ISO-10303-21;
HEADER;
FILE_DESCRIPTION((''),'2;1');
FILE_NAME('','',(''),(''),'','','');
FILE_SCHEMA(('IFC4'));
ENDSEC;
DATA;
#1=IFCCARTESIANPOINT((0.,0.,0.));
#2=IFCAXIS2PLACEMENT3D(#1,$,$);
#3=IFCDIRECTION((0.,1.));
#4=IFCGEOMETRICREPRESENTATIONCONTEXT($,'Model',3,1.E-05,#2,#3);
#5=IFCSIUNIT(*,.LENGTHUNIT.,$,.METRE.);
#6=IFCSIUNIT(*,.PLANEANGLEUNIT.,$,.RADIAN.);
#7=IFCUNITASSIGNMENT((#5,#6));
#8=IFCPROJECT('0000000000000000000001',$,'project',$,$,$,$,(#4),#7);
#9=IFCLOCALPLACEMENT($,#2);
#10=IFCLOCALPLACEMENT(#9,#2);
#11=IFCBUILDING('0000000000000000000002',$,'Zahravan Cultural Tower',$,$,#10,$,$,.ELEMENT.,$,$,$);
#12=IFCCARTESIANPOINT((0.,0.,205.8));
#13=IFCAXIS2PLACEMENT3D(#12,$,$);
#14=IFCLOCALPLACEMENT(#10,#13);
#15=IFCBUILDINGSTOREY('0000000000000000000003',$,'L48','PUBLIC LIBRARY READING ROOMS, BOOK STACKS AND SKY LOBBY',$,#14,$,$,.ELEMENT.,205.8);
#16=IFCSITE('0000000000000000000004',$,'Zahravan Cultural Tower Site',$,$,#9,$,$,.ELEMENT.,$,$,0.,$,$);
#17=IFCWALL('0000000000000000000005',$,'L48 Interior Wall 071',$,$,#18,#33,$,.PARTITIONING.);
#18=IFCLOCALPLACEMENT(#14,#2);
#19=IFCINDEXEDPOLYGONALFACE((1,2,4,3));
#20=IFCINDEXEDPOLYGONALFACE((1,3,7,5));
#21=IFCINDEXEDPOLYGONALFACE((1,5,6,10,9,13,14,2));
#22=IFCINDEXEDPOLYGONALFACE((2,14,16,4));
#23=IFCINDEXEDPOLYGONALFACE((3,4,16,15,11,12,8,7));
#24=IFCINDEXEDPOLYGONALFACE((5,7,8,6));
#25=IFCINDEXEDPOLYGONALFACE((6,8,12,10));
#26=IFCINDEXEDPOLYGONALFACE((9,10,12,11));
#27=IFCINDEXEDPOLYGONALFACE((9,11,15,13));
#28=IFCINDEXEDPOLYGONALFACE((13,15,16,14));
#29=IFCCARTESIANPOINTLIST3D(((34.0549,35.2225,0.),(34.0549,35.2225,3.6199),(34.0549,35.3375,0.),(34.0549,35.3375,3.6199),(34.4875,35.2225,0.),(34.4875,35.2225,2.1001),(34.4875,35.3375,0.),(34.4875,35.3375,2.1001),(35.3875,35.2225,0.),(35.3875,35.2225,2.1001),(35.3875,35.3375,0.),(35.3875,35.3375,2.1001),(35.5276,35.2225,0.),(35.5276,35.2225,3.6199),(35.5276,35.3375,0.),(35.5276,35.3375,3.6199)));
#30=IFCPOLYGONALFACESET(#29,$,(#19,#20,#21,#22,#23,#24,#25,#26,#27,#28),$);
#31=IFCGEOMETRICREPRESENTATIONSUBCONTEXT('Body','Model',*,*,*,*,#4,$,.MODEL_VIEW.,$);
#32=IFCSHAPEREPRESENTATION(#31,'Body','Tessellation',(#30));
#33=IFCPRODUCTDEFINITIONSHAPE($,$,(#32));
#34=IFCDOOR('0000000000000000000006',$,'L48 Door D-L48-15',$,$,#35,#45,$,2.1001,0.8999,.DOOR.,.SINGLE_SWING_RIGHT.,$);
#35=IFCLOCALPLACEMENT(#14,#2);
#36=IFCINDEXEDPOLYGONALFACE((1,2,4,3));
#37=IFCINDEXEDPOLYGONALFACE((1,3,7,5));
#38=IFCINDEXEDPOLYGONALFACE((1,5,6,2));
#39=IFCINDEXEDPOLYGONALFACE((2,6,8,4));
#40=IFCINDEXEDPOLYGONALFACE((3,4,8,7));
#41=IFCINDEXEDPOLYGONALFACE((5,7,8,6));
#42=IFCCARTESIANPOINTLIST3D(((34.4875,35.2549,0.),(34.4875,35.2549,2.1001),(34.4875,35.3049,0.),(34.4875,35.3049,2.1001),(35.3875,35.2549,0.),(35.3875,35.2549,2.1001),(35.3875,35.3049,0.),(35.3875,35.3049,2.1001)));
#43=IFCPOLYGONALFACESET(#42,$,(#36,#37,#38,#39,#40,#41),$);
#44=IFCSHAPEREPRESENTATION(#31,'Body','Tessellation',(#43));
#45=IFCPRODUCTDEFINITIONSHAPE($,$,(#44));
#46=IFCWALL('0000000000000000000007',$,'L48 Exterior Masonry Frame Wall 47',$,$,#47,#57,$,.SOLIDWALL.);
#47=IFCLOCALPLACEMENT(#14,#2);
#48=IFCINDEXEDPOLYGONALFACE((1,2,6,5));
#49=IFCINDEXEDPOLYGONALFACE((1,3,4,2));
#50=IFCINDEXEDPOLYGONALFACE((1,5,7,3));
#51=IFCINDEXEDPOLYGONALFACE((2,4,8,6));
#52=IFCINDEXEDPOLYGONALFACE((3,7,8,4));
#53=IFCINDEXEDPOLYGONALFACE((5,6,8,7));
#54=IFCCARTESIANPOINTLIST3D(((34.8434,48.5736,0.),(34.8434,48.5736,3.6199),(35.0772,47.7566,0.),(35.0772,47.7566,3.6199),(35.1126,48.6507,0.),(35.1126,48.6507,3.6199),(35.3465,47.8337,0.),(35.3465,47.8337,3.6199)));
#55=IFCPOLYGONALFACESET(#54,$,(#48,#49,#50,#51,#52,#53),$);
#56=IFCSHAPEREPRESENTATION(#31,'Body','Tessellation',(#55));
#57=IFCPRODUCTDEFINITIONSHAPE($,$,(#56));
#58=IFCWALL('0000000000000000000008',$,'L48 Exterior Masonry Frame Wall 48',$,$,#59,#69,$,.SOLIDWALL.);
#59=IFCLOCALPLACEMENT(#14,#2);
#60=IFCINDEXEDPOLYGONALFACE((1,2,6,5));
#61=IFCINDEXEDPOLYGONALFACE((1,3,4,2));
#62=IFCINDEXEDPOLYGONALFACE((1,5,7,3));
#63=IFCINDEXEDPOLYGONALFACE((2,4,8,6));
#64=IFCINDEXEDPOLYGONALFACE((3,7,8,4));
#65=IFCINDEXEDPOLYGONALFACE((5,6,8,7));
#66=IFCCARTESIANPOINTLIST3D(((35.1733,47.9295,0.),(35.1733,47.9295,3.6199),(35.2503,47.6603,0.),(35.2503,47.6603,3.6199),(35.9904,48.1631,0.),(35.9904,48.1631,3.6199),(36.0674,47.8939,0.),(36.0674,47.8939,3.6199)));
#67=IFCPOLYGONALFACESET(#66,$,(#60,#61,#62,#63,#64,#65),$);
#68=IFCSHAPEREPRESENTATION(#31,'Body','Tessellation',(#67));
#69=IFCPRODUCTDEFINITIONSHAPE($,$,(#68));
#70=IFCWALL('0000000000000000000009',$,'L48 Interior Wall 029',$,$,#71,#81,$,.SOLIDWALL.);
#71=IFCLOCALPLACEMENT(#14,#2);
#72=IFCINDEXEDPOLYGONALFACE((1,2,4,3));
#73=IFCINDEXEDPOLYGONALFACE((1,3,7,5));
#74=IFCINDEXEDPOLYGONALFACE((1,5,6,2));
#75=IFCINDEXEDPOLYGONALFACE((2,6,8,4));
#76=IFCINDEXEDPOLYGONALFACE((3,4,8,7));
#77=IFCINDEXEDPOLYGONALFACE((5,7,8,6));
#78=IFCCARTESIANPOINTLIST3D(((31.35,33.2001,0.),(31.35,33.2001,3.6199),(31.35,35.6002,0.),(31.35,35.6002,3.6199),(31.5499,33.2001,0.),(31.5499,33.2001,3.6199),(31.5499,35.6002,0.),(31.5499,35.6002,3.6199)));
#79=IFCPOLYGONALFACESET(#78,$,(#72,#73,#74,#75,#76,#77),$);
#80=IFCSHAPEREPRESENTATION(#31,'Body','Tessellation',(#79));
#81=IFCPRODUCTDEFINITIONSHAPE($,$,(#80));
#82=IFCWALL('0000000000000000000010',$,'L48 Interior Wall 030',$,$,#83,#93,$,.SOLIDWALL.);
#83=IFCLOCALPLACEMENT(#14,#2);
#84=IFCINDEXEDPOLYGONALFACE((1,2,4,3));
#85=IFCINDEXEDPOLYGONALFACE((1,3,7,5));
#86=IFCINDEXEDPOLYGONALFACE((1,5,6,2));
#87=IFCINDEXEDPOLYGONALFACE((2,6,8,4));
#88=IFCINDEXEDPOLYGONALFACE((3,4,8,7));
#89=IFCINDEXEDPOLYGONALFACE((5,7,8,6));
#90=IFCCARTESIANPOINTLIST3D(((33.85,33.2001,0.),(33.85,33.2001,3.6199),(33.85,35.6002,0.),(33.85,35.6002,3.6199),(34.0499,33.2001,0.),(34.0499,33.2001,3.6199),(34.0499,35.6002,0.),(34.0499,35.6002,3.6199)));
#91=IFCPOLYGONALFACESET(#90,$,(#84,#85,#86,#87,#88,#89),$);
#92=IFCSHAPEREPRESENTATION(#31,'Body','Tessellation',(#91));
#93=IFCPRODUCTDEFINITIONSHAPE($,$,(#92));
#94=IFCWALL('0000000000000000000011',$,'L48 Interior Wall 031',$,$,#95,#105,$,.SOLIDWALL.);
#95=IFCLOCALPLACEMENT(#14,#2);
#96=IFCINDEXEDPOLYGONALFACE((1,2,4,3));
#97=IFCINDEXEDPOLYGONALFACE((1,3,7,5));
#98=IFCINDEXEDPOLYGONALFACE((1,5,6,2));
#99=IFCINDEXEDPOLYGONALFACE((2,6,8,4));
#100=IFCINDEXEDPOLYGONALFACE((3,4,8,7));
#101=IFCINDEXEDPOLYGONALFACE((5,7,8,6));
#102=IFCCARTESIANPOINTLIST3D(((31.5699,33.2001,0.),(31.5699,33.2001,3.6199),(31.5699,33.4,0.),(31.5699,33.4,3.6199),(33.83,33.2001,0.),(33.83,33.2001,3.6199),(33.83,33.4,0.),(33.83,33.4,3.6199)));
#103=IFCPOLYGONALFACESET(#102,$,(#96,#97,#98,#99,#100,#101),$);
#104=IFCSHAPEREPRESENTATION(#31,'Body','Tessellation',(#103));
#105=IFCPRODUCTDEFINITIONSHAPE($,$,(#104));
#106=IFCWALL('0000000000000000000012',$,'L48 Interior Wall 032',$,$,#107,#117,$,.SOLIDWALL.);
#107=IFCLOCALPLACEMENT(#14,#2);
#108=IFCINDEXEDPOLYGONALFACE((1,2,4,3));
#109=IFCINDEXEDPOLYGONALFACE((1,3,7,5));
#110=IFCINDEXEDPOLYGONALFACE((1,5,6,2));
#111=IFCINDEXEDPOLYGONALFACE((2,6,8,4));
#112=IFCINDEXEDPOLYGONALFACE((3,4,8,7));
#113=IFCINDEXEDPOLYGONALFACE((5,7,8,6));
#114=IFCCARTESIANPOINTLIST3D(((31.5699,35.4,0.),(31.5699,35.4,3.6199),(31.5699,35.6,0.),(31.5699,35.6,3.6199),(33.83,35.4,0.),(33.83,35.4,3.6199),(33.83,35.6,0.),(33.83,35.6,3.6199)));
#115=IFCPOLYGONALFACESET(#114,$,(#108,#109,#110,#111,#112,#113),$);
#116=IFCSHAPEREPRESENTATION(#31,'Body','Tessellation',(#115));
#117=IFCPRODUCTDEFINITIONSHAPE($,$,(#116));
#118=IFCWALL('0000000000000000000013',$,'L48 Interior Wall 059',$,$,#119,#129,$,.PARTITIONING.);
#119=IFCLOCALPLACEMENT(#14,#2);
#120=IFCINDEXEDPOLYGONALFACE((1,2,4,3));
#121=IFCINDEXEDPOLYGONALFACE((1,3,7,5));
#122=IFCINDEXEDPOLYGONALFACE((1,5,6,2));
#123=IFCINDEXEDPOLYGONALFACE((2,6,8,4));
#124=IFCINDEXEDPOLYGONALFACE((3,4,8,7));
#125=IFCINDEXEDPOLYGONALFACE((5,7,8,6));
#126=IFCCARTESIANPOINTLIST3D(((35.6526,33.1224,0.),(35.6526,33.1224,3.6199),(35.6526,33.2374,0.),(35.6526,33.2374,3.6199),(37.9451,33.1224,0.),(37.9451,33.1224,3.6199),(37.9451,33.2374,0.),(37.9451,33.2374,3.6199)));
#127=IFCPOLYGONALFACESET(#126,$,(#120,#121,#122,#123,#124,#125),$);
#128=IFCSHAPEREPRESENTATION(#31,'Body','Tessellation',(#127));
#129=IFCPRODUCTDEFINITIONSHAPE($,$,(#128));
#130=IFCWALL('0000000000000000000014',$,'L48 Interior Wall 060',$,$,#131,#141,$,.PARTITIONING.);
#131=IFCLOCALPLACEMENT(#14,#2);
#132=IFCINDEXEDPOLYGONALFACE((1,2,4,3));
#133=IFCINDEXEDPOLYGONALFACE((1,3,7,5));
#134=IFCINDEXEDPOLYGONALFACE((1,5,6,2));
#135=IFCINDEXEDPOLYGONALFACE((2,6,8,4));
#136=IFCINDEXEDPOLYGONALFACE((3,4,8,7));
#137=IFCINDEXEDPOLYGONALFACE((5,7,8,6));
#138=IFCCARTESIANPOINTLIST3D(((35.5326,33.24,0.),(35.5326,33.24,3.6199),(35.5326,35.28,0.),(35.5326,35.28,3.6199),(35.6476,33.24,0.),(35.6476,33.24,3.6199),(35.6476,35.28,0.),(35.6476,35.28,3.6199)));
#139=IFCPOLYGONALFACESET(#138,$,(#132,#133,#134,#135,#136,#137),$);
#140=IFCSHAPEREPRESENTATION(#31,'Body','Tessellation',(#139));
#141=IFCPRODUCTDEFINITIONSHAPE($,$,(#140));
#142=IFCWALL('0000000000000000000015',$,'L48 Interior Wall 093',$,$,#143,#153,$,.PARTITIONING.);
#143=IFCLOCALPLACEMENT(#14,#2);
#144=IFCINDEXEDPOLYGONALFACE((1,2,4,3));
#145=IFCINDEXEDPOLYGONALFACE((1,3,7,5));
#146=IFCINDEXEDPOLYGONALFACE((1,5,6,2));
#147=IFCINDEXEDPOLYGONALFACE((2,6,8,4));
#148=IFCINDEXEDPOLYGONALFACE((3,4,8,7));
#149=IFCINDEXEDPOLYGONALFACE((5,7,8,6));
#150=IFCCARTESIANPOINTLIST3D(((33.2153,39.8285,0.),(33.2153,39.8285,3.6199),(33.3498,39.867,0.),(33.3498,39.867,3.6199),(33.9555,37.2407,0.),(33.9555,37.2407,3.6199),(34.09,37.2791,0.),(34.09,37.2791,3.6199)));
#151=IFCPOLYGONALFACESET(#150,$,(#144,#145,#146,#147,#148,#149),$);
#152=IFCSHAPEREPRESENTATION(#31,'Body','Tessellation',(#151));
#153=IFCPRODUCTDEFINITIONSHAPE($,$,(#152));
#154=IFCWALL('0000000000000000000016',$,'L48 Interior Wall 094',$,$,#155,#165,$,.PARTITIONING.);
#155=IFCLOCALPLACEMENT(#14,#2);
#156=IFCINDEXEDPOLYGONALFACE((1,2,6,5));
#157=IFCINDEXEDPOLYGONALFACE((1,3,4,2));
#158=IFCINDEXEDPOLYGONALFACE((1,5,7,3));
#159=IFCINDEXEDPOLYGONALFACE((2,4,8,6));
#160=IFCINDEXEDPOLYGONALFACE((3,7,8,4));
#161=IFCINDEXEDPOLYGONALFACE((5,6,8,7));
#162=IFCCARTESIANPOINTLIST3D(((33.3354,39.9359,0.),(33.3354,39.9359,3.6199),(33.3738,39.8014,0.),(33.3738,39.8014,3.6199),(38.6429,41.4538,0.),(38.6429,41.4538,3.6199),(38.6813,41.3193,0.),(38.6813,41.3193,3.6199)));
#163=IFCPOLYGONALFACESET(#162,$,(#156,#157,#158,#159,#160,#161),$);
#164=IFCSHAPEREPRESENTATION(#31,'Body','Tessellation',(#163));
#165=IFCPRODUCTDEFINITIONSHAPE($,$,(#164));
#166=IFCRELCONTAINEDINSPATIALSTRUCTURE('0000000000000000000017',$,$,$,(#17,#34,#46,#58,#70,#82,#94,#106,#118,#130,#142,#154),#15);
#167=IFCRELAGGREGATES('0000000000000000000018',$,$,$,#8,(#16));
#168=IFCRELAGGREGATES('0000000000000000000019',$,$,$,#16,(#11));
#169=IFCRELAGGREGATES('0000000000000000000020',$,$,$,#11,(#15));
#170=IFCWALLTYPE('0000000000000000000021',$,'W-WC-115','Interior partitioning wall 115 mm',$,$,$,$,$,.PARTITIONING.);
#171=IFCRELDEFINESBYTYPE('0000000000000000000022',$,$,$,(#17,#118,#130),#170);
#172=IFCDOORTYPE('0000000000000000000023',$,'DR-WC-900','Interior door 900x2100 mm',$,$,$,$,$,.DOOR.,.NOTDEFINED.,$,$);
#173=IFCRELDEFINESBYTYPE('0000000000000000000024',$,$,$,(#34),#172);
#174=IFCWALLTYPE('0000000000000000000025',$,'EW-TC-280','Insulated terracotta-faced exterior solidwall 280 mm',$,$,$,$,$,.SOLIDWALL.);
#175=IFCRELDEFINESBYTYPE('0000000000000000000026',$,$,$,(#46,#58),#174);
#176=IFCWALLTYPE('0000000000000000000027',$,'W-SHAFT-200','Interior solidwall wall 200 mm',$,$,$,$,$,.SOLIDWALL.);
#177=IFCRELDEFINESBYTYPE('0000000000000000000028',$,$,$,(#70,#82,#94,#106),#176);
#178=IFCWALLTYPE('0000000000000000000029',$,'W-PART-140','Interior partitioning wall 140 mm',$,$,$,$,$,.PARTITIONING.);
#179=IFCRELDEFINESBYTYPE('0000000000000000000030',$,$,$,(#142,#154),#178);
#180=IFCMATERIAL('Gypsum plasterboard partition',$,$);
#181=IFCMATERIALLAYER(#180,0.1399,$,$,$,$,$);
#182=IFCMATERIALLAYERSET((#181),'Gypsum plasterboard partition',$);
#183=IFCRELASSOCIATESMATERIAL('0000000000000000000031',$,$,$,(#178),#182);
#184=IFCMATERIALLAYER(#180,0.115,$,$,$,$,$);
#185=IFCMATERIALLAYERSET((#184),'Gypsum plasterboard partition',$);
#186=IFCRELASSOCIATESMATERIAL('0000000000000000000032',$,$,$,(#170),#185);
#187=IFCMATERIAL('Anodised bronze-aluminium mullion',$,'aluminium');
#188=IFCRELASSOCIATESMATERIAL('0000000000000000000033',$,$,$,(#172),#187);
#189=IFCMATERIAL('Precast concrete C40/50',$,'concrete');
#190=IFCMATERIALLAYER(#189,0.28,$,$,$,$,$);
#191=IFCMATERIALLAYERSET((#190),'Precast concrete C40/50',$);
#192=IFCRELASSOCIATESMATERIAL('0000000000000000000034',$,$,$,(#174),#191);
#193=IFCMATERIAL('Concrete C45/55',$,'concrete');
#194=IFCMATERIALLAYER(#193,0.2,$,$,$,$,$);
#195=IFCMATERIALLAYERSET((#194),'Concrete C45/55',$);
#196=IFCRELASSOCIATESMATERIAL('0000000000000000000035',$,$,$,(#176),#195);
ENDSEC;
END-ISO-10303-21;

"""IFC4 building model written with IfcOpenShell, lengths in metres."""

from ifc_helpers import new_model, si_unit, direction, frame, frame_2d, origin, place, context, subcontext, project, spatial, rectangle, extrude, source, transform, mapped, material, layer, layer_set, type_object, element, fill, save


model = new_model("IFC4")

# Units and contexts
model_context = context("Model", 3, precision=1e-05, world=origin(), true_north=direction((0.0, 1.0)))
body_context = subcontext(model_context, "Body", "Model", "MODEL_VIEW")
ifc_project = project(units=[si_unit("LENGTHUNIT", "METRE"), si_unit("PLANEANGLEUNIT", "RADIAN")], contexts=[model_context])

# Site, building, storey
site_placement = place(None, origin())
site = spatial("IfcSite", under=ifc_project, at=site_placement, Name="Zahravan Cultural Tower Site", CompositionType="ELEMENT", RefElevation=0.0)
building_placement = place(site_placement, origin())
building = spatial("IfcBuilding", under=site, at=building_placement, Name="Zahravan Cultural Tower", CompositionType="ELEMENT")
storey_placement = place(building_placement, frame((0.0, 0.0, 205.8)))
storey = spatial("IfcBuildingStorey", under=building, at=storey_placement, Name="L48", Description="PUBLIC LIBRARY READING ROOMS, BOOK STACKS AND SKY LOBBY", CompositionType="ELEMENT", Elevation=205.8)

# Wall, opening, door
ifc_material_1 = material(Name="Gypsum plasterboard partition")
ifc_layer_1 = layer(ifc_material_1, 0.1399)
ifc_layer_set_1 = layer_set([ifc_layer_1], Name="Gypsum plasterboard partition")
wall_type_1 = type_object("IfcWallType", Name="W-PART-140", Description="Interior partitioning wall 140 mm", PredefinedType="PARTITIONING", material=ifc_layer_set_1)
ifc_material_2 = material(Name="Anodised bronze-aluminium mullion", Category="aluminium")
ifc_layer_2 = layer(ifc_material_1, 0.115)
ifc_layer_set_2 = layer_set([ifc_layer_2], Name="Gypsum plasterboard partition")
wall_type_2 = type_object("IfcWallType", Name="W-WC-115", Description="Interior partitioning wall 115 mm", PredefinedType="PARTITIONING", material=ifc_layer_set_2)
wall_1_placement = place(storey_placement, frame((34.0549, 35.28, 0.0), z_axis=(0.0, 0.0, 1.0), x_axis=(1.0, 0.0, 0.0)))
wall_1 = element("IfcWall", 1, at=wall_1_placement, inside=storey, type_object=wall_type_2, Name="L48 Interior Wall 071", PredefinedType="PARTITIONING", context=body_context, shape_type="SweptSolid", body=[
    extrude(rectangle(XDim=1.4727, YDim=0.115, at=frame_2d((0.7363, 0.0))), origin(), (0.0, 0.0, 1.0), 3.6199),
])
opening_1_placement = place(wall_1_placement, frame((0.4326, 0.0, 0.0)))
opening_1 = element("IfcOpeningElement", 2, at=opening_1_placement, cuts=wall_1, PredefinedType="OPENING", context=body_context, shape_type="SweptSolid", body=[
    extrude(rectangle(XDim=0.8999, YDim=2.1001, at=frame_2d((0.45, 1.05))), frame((0.0, 0.0674, 0.0), z_axis=(0.0, -1.0, 0.0), x_axis=(1.0, 0.0, 0.0)), (0.0, 0.0, 1.0), 0.135),
])
door_type_1 = type_object("IfcDoorType", Name="DR-WC-900", Description="Interior door 900x2100 mm", OperationType="NOTDEFINED", PredefinedType="DOOR", material=ifc_material_2)
shared_shape_1 = source(origin(), body_context, "Body", "SweptSolid", [
    extrude(rectangle(XDim=0.8999, YDim=2.1001, at=frame_2d((0.45, 1.05))), frame((0.0, 0.0249, 0.0), z_axis=(0.0, -1.0, 0.0), x_axis=(1.0, 0.0, 0.0)), (0.0, 0.0, 1.0), 0.05),
])
door_1_placement = place(opening_1_placement, origin())
door_1 = element("IfcDoor", 3, at=door_1_placement, inside=storey, type_object=door_type_1, Name="L48 Door D-L48-15", OperationType="SINGLE_SWING_RIGHT", OverallHeight=2.1001, OverallWidth=0.8999, PredefinedType="DOOR", context=body_context, shape_type="MappedRepresentation", body=[
    mapped(shared_shape_1, transform((0.0, 0.0, 0.0), x_axis=(1.0, 0.0, 0.0), y_axis=(0.0, 1.0, 0.0), z_axis=(0.0, 0.0, 1.0), scale=1.0)),
])
fill(opening_1, door_1)

# Walls
ifc_material_3 = material(Name="Precast concrete C40/50", Category="concrete")
ifc_layer_3 = layer(ifc_material_3, 0.28)
ifc_layer_set_3 = layer_set([ifc_layer_3], Name="Precast concrete C40/50")
wall_type_3 = type_object("IfcWallType", Name="EW-TC-280", Description="Insulated terracotta-faced exterior solidwall 280 mm", PredefinedType="SOLIDWALL", material=ifc_layer_set_3)
shared_shape_2 = source(origin(), body_context, "Body", "SweptSolid", [
    extrude(rectangle(XDim=0.8499, YDim=0.28, at=frame_2d((0.4248, 0.0))), origin(), (0.0, 0.0, 1.0), 3.6199),
])
for number, where, z_axis, x_axis, name in (
    (4, (34.978, 48.6121, 0.0), (0.0, 0.0, 1.0), (0.275176, -0.961394, 0.0), "L48 Exterior Masonry Frame Wall 47"),
    (5, (35.2119, 47.7949, 0.0), (0.0, 0.0, 1.0), (0.96147, 0.274911, 0.0), "L48 Exterior Masonry Frame Wall 48"),
):
    element("IfcWall", number, at=place(storey_placement, frame(where, z_axis=z_axis, x_axis=x_axis)), inside=storey, type_object=wall_type_3, Name=name, PredefinedType="SOLIDWALL", context=body_context, shape_type="MappedRepresentation", body=[
        mapped(shared_shape_2, transform((0.0, 0.0, 0.0), x_axis=(1.0, 0.0, 0.0), y_axis=(0.0, 1.0, 0.0), z_axis=(0.0, 0.0, 1.0), scale=1.0)),
    ])
ifc_material_4 = material(Name="Concrete C45/55", Category="concrete")
ifc_layer_4 = layer(ifc_material_4, 0.2)
ifc_layer_set_4 = layer_set([ifc_layer_4], Name="Concrete C45/55")
wall_type_4 = type_object("IfcWallType", Name="W-SHAFT-200", Description="Interior solidwall wall 200 mm", PredefinedType="SOLIDWALL", material=ifc_layer_set_4)
shared_shape_3 = source(origin(), body_context, "Body", "SweptSolid", [
    extrude(rectangle(XDim=2.4001, YDim=0.2, at=frame_2d((1.2002, 0.0))), origin(), (0.0, 0.0, 1.0), 3.6199),
])
for number, where, z_axis, x_axis, name in (
    (6, (31.45, 33.2, 0.0), (0.0, 0.0, 1.0), (0.0, 1.0, 0.0), "L48 Interior Wall 029"),
    (7, (33.95, 33.2, 0.0), (0.0, 0.0, 1.0), (0.0, 1.0, 0.0), "L48 Interior Wall 030"),
):
    element("IfcWall", number, at=place(storey_placement, frame(where, z_axis=z_axis, x_axis=x_axis)), inside=storey, type_object=wall_type_4, Name=name, PredefinedType="SOLIDWALL", context=body_context, shape_type="MappedRepresentation", body=[
        mapped(shared_shape_3, transform((0.0, 0.0, 0.0), x_axis=(1.0, 0.0, 0.0), y_axis=(0.0, 1.0, 0.0), z_axis=(0.0, 0.0, 1.0), scale=1.0)),
    ])
shared_shape_4 = source(origin(), body_context, "Body", "SweptSolid", [
    extrude(rectangle(XDim=2.26, YDim=0.2, at=frame_2d((1.1299, 0.0))), origin(), (0.0, 0.0, 1.0), 3.6199),
])
for number, where, z_axis, x_axis, name in (
    (8, (31.5701, 33.3, 0.0), (0.0, 0.0, 1.0), (1.0, 0.0, 0.0), "L48 Interior Wall 031"),
    (9, (31.5701, 35.5, 0.0), (0.0, 0.0, 1.0), (1.0, 0.0, 0.0), "L48 Interior Wall 032"),
):
    element("IfcWall", number, at=place(storey_placement, frame(where, z_axis=z_axis, x_axis=x_axis)), inside=storey, type_object=wall_type_4, Name=name, PredefinedType="SOLIDWALL", context=body_context, shape_type="MappedRepresentation", body=[
        mapped(shared_shape_4, transform((0.0, 0.0, 0.0), x_axis=(1.0, 0.0, 0.0), y_axis=(0.0, 1.0, 0.0), z_axis=(0.0, 0.0, 1.0), scale=1.0)),
    ])
shared_shape_5 = source(origin(), body_context, "Body", "SweptSolid", [
    extrude(rectangle(XDim=2.2925, YDim=0.115, at=frame_2d((1.1462, 0.0))), origin(), (0.0, 0.0, 1.0), 3.6199),
])
wall_2_placement = place(storey_placement, frame((35.6526, 33.1799, 0.0), z_axis=(0.0, 0.0, 1.0), x_axis=(1.0, 0.0, 0.0)))
element("IfcWall", 10, at=wall_2_placement, inside=storey, type_object=wall_type_2, Name="L48 Interior Wall 059", PredefinedType="PARTITIONING", context=body_context, shape_type="MappedRepresentation", body=[
    mapped(shared_shape_5, transform((0.0, 0.0, 0.0), x_axis=(1.0, 0.0, 0.0), y_axis=(0.0, 1.0, 0.0), z_axis=(0.0, 0.0, 1.0), scale=1.0)),
])
shared_shape_6 = source(origin(), body_context, "Body", "SweptSolid", [
    extrude(rectangle(XDim=2.04, YDim=0.115, at=frame_2d((1.02, 0.0))), origin(), (0.0, 0.0, 1.0), 3.6199),
])
wall_3_placement = place(storey_placement, frame((35.5901, 33.24, 0.0), z_axis=(0.0, 0.0, 1.0), x_axis=(0.0, 1.0, 0.0)))
element("IfcWall", 11, at=wall_3_placement, inside=storey, type_object=wall_type_2, Name="L48 Interior Wall 060", PredefinedType="PARTITIONING", context=body_context, shape_type="MappedRepresentation", body=[
    mapped(shared_shape_6, transform((0.0, 0.0, 0.0), x_axis=(1.0, 0.0, 0.0), y_axis=(0.0, 1.0, 0.0), z_axis=(0.0, 0.0, 1.0), scale=1.0)),
])
shared_shape_7 = source(origin(), body_context, "Body", "SweptSolid", [
    extrude(rectangle(XDim=2.6917, YDim=0.1399, at=frame_2d((1.3457, 0.0))), origin(), (0.0, 0.0, 1.0), 3.6199),
])
wall_4_placement = place(storey_placement, frame((34.0227, 37.26, 0.0), z_axis=(0.0, 0.0, 1.0), x_axis=(-0.275009, 0.961442, 0.0)))
element("IfcWall", 12, at=wall_4_placement, inside=storey, type_object=wall_type_1, Name="L48 Interior Wall 093", PredefinedType="PARTITIONING", context=body_context, shape_type="MappedRepresentation", body=[
    mapped(shared_shape_7, transform((0.0, 0.0, 0.0), x_axis=(1.0, 0.0, 0.0), y_axis=(0.0, 1.0, 0.0), z_axis=(0.0, 0.0, 1.0), scale=1.0)),
])
shared_shape_8 = source(origin(), body_context, "Body", "SweptSolid", [
    extrude(rectangle(XDim=5.5203, YDim=0.1399, at=frame_2d((2.7603, 0.0))), origin(), (0.0, 0.0, 1.0), 3.6199),
])
wall_5_placement = place(storey_placement, frame((33.3545, 39.8687, 0.0), z_axis=(0.0, 0.0, 1.0), x_axis=(0.961455, 0.274961, 0.0)))
element("IfcWall", 13, at=wall_5_placement, inside=storey, type_object=wall_type_1, Name="L48 Interior Wall 094", PredefinedType="PARTITIONING", context=body_context, shape_type="MappedRepresentation", body=[
    mapped(shared_shape_8, transform((0.0, 0.0, 0.0), x_axis=(1.0, 0.0, 0.0), y_axis=(0.0, 1.0, 0.0), z_axis=(0.0, 0.0, 1.0), scale=1.0)),
])

save(model, "model.ifc")
